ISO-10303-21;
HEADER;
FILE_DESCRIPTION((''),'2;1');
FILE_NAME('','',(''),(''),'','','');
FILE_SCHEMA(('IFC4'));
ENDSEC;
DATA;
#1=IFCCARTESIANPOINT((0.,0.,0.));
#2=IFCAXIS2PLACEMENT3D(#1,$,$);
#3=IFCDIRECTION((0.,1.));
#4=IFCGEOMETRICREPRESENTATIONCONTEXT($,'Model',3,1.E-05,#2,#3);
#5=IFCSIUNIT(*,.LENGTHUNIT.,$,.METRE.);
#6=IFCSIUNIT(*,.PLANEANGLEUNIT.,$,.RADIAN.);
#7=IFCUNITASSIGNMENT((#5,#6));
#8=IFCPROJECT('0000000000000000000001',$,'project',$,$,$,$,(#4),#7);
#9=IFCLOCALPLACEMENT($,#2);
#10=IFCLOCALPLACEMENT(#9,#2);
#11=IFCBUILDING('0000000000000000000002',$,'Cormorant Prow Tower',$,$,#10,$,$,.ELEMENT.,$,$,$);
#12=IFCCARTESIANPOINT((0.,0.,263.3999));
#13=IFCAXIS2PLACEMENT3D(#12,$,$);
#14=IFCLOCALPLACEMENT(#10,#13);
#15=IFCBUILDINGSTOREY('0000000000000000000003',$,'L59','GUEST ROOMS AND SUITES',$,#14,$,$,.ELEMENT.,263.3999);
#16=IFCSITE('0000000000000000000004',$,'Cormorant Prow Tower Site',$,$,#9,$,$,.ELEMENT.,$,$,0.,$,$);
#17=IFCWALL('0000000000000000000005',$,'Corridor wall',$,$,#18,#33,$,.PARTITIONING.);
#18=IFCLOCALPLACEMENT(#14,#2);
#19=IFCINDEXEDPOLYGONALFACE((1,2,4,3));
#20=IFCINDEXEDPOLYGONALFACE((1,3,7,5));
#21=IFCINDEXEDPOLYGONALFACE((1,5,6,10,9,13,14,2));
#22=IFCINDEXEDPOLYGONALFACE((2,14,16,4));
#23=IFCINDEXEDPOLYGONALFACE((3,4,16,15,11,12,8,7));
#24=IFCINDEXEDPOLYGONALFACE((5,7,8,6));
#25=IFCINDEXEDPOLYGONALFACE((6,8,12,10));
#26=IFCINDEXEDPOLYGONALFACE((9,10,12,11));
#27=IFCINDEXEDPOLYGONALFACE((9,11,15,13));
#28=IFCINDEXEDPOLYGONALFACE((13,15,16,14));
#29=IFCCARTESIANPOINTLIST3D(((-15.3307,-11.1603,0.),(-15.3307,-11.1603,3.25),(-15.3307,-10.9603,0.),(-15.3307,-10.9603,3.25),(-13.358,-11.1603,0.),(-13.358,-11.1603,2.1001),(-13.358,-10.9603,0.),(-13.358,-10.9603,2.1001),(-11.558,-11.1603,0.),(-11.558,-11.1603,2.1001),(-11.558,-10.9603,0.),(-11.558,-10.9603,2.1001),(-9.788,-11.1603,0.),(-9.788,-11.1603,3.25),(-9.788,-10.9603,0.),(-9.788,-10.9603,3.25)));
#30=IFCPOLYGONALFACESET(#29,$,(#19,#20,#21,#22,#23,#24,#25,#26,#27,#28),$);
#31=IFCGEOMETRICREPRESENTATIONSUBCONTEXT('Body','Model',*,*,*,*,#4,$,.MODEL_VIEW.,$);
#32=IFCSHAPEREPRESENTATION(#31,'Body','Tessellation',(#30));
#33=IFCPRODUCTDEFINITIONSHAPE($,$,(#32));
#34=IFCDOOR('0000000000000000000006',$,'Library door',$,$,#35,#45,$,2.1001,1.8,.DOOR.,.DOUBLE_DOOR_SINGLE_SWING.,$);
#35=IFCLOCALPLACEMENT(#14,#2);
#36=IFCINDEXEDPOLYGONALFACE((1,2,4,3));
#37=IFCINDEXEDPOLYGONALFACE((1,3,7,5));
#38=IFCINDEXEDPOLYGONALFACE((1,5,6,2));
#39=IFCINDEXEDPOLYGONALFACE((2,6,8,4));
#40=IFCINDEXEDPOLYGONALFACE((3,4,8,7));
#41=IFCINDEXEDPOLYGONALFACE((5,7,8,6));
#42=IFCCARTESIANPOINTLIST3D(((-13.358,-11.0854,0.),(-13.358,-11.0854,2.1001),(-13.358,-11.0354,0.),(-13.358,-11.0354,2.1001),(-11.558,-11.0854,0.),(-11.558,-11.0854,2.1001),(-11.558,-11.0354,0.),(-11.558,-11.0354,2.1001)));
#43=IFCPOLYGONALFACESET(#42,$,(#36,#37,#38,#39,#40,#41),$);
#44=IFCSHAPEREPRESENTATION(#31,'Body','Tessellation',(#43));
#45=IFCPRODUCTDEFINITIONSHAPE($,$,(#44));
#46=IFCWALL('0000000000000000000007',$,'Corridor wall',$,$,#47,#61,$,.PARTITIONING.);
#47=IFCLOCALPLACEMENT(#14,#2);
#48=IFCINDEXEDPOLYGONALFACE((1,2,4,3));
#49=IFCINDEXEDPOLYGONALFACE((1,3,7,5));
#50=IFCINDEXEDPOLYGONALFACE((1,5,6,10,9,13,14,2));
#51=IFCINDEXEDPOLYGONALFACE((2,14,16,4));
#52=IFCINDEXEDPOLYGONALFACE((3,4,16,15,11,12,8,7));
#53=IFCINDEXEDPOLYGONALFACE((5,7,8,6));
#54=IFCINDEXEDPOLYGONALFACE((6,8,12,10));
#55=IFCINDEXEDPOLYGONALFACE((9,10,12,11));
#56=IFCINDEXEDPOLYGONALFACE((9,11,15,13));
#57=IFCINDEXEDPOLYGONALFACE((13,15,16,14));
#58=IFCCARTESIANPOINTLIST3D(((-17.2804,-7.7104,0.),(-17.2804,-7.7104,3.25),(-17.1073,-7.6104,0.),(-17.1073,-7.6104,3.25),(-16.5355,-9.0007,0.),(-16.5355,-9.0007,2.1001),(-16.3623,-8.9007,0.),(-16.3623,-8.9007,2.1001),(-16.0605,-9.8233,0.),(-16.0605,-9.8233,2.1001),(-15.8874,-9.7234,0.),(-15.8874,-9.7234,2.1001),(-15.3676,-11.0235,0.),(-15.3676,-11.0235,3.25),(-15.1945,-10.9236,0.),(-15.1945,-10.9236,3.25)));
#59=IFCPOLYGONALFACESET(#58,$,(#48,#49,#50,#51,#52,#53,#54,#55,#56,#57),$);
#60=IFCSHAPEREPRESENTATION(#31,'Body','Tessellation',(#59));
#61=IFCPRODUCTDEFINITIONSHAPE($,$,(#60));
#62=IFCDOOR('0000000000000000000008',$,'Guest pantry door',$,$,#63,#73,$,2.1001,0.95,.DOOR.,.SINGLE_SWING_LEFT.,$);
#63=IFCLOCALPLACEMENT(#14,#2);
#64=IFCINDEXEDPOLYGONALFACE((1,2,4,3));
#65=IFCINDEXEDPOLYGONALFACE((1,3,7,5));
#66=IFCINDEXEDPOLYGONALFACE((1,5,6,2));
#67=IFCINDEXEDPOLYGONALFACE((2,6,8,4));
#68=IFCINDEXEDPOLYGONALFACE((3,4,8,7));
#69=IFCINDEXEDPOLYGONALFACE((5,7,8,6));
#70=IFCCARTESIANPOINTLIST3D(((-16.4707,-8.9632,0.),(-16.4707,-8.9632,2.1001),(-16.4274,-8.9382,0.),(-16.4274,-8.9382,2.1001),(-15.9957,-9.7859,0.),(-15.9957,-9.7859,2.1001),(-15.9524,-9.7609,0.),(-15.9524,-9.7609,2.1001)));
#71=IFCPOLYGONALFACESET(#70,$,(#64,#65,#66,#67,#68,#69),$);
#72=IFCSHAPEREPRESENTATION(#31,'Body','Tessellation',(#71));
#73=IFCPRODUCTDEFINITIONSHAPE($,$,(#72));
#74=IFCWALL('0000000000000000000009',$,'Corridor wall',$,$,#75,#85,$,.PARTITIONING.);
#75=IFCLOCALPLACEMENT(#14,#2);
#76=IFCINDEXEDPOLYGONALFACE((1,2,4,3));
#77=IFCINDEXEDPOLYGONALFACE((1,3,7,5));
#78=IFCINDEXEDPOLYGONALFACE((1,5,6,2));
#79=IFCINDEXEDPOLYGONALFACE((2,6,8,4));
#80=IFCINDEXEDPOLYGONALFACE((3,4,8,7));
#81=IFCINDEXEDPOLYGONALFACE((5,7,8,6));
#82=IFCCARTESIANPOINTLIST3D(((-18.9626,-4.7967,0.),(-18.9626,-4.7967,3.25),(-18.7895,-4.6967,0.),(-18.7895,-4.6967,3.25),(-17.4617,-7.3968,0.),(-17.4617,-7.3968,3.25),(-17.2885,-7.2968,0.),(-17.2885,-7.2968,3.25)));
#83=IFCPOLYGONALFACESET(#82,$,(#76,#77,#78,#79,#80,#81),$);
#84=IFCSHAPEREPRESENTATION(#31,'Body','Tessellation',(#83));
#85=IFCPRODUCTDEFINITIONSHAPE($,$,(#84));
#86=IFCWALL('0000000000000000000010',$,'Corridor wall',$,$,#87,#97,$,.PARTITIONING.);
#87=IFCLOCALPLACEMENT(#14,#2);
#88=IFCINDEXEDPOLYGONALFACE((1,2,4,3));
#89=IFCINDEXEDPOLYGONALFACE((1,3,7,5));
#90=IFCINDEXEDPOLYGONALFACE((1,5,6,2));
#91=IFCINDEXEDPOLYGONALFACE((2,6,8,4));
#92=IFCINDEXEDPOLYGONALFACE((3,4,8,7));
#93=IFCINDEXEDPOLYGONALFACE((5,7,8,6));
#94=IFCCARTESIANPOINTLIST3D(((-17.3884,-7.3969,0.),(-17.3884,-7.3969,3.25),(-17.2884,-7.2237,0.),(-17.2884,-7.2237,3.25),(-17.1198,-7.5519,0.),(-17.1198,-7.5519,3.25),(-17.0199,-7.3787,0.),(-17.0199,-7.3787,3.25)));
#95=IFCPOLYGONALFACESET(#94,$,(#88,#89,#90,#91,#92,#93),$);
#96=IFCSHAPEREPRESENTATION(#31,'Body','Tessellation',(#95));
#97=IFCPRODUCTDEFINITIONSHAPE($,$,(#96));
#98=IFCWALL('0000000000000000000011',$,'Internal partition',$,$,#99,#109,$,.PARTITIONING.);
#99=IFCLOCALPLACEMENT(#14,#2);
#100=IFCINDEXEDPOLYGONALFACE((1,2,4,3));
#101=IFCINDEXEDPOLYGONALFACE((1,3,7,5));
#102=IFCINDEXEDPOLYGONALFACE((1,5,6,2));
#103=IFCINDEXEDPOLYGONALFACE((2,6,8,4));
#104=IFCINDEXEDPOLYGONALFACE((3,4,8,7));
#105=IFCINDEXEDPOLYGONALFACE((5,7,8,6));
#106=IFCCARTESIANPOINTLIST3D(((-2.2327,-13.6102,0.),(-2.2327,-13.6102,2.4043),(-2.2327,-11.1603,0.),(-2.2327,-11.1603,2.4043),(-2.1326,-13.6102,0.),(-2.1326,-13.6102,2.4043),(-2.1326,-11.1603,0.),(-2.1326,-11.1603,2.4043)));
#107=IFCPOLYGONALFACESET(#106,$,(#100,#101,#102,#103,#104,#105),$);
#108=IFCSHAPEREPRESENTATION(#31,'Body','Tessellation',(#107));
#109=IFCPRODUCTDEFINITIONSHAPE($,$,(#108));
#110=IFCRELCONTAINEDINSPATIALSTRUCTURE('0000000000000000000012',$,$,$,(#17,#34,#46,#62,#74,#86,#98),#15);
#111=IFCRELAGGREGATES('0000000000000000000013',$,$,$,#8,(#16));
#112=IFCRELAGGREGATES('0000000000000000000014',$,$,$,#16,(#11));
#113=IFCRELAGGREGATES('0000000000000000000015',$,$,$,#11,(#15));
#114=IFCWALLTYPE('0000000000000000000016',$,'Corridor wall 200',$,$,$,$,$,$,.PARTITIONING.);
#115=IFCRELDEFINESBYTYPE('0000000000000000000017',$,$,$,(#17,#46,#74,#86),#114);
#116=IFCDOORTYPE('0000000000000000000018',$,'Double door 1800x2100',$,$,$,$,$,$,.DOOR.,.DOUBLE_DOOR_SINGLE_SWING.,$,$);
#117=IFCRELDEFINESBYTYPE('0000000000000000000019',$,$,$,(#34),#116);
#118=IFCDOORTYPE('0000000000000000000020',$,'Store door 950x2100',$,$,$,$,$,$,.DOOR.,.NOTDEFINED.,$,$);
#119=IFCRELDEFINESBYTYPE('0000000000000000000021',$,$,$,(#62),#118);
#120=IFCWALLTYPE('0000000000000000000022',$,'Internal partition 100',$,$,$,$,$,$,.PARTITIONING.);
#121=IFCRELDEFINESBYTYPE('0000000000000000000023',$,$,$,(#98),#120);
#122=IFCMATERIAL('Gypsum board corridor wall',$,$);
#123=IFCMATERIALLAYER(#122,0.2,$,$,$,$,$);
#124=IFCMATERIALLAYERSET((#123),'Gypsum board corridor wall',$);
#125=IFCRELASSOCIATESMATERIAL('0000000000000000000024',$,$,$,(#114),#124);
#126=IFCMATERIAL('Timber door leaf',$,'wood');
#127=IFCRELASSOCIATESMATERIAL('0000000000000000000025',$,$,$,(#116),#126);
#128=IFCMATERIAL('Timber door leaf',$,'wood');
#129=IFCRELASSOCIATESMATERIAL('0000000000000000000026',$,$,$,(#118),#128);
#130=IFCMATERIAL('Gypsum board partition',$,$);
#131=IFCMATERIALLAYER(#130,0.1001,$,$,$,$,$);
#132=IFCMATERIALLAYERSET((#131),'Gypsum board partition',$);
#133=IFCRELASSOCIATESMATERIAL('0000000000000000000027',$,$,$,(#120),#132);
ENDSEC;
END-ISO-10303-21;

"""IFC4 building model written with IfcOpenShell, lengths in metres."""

from ifc_helpers import new_model, si_unit, direction, frame, frame_2d, origin, place, context, subcontext, project, spatial, rectangle, extrude, material, layer, layer_set, type_object, element, fill, save


model = new_model("IFC4")

# Units and contexts
model_context = context("Model", 3, precision=1e-05, world=origin(), true_north=direction((0.0, 1.0)))
body_context = subcontext(model_context, "Body", "Model", "MODEL_VIEW")
ifc_project = project(units=[si_unit("LENGTHUNIT", "METRE"), si_unit("PLANEANGLEUNIT", "RADIAN")], contexts=[model_context])

# Site, building, storey
site_placement = place(None, origin())
site = spatial("IfcSite", under=ifc_project, at=site_placement, Name="Cormorant Prow Tower Site", CompositionType="ELEMENT", RefElevation=0.0)
building_placement = place(site_placement, origin())
building = spatial("IfcBuilding", under=site, at=building_placement, Name="Cormorant Prow Tower", CompositionType="ELEMENT")
storey_placement = place(building_placement, frame((0.0, 0.0, 263.3999)))
storey = spatial("IfcBuildingStorey", under=building, at=storey_placement, Name="L59", Description="GUEST ROOMS AND SUITES", CompositionType="ELEMENT", Elevation=263.3999)

# Shared definitions
ifc_material_1 = material(Name="Gypsum board corridor wall")
ifc_layer_1 = layer(ifc_material_1, 0.2)
ifc_layer_set_1 = layer_set([ifc_layer_1], Name="Gypsum board corridor wall")
wall_type_1 = type_object("IfcWallType", Name="Corridor wall 200", PredefinedType="PARTITIONING", material=ifc_layer_set_1)

# Walls, openings, doors
wall_1_placement = place(storey_placement, frame((-15.3308, -11.0603, 0.0), z_axis=(0.0, 0.0, 1.0), x_axis=(1.0, 0.0, 0.0)))
wall_1 = element("IfcWall", 1, at=wall_1_placement, inside=storey, type_object=wall_type_1, Name="Corridor wall", PredefinedType="PARTITIONING", context=body_context, shape_type="SweptSolid", body=[
    extrude(rectangle(XDim=5.5427, YDim=0.2, at=frame_2d((2.7715, 0.0))), origin(), (0.0, 0.0, 1.0), 3.25),
])
opening_1_placement = place(wall_1_placement, frame((1.9729, 0.0, 0.0)))
opening_1 = element("IfcOpeningElement", 2, at=opening_1_placement, cuts=wall_1, PredefinedType="OPENING", context=body_context, shape_type="SweptSolid", body=[
    extrude(rectangle(XDim=1.8, YDim=2.1001, at=frame_2d((0.8999, 1.05))), frame((0.0, 0.1099, 0.0), z_axis=(0.0, -1.0, 0.0), x_axis=(1.0, 0.0, 0.0)), (0.0, 0.0, 1.0), 0.22),
])
ifc_material_2 = material(Name="Timber door leaf", Category="wood")
door_type_1 = type_object("IfcDoorType", Name="Double door 1800x2100", OperationType="DOUBLE_DOOR_SINGLE_SWING", PredefinedType="DOOR", material=ifc_material_2)
door_1_placement = place(opening_1_placement, origin())
door_1 = element("IfcDoor", 3, at=door_1_placement, inside=storey, type_object=door_type_1, Name="Library door", OperationType="DOUBLE_DOOR_SINGLE_SWING", OverallHeight=2.1001, OverallWidth=1.8, PredefinedType="DOOR", context=body_context, shape_type="SweptSolid", body=[
    extrude(rectangle(XDim=1.8, YDim=2.1001, at=frame_2d((0.8999, 1.05))), frame((0.0, 0.0249, 0.0), z_axis=(0.0, -1.0, 0.0), x_axis=(1.0, 0.0, 0.0)), (0.0, 0.0, 1.0), 0.05),
])
fill(opening_1, door_1)
wall_2_placement = place(storey_placement, frame((-17.1938, -7.6604, 0.0), z_axis=(0.0, 0.0, 1.0), x_axis=(0.499989, -0.866031, 0.0)))
wall_2 = element("IfcWall", 4, at=wall_2_placement, inside=storey, type_object=wall_type_1, Name="Corridor wall", PredefinedType="PARTITIONING", context=body_context, shape_type="SweptSolid", body=[
    extrude(rectangle(XDim=3.8257, YDim=0.2, at=frame_2d((1.9128, 0.0))), origin(), (0.0, 0.0, 1.0), 3.25),
])
opening_2_placement = place(wall_2_placement, frame((1.4897, 0.0, 0.0)))
opening_2 = element("IfcOpeningElement", 5, at=opening_2_placement, cuts=wall_2, PredefinedType="OPENING", context=body_context, shape_type="SweptSolid", body=[
    extrude(rectangle(XDim=0.95, YDim=2.1001, at=frame_2d((0.4751, 1.05))), frame((0.0, 0.1099, 0.0), z_axis=(0.0, -1.0, 0.0), x_axis=(1.0, 0.0, 0.0)), (0.0, 0.0, 1.0), 0.22),
])
ifc_material_3 = material(Name="Timber door leaf", Category="wood")
door_type_2 = type_object("IfcDoorType", Name="Store door 950x2100", OperationType="NOTDEFINED", PredefinedType="DOOR", material=ifc_material_3)
door_2_placement = place(opening_2_placement, origin())
door_2 = element("IfcDoor", 6, at=door_2_placement, inside=storey, type_object=door_type_2, Name="Guest pantry door", OperationType="SINGLE_SWING_LEFT", OverallHeight=2.1001, OverallWidth=0.95, PredefinedType="DOOR", context=body_context, shape_type="SweptSolid", body=[
    extrude(rectangle(XDim=0.95, YDim=2.1001, at=frame_2d((0.4751, 1.05))), frame((0.0, 0.0249, 0.0), z_axis=(0.0, -1.0, 0.0), x_axis=(1.0, 0.0, 0.0)), (0.0, 0.0, 1.0), 0.05),
])
fill(opening_2, door_2)

# Walls
wall_3_placement = place(storey_placement, frame((-18.876, -4.7468, 0.0), z_axis=(0.0, 0.0, 1.0), x_axis=(0.499952, -0.866053, 0.0)))
element("IfcWall", 7, at=wall_3_placement, inside=storey, type_object=wall_type_1, Name="Corridor wall", PredefinedType="PARTITIONING", context=body_context, shape_type="SweptSolid", body=[
    extrude(rectangle(XDim=3.0022, YDim=0.2, at=frame_2d((1.501, 0.0))), origin(), (0.0, 0.0, 1.0), 3.25),
])
wall_4_placement = place(storey_placement, frame((-17.3384, -7.3103, 0.0), z_axis=(0.0, 0.0, 1.0), x_axis=(0.866054, -0.49995, 0.0)))
element("IfcWall", 8, at=wall_4_placement, inside=storey, type_object=wall_type_1, Name="Corridor wall", PredefinedType="PARTITIONING", context=body_context, shape_type="SweptSolid", body=[
    extrude(rectangle(XDim=0.3101, YDim=0.2, at=frame_2d((0.155, 0.0))), origin(), (0.0, 0.0, 1.0), 3.25),
])
ifc_material_4 = material(Name="Gypsum board partition")
ifc_layer_2 = layer(ifc_material_4, 0.1001)
ifc_layer_set_2 = layer_set([ifc_layer_2], Name="Gypsum board partition")
wall_type_2 = type_object("IfcWallType", Name="Internal partition 100", PredefinedType="PARTITIONING", material=ifc_layer_set_2)
wall_5_placement = place(storey_placement, frame((-2.1826, -13.6104, 0.0), z_axis=(0.0, 0.0, 1.0), x_axis=(0.0, 1.0, 0.0)))
element("IfcWall", 9, at=wall_5_placement, inside=storey, type_object=wall_type_2, Name="Internal partition", PredefinedType="PARTITIONING", context=body_context, shape_type="SweptSolid", body=[
    extrude(rectangle(XDim=2.45, YDim=0.1001, at=frame_2d((1.2251, 0.0))), origin(), (0.0, 0.0, 1.0), 2.4043),
])

save(model, "model.ifc")
